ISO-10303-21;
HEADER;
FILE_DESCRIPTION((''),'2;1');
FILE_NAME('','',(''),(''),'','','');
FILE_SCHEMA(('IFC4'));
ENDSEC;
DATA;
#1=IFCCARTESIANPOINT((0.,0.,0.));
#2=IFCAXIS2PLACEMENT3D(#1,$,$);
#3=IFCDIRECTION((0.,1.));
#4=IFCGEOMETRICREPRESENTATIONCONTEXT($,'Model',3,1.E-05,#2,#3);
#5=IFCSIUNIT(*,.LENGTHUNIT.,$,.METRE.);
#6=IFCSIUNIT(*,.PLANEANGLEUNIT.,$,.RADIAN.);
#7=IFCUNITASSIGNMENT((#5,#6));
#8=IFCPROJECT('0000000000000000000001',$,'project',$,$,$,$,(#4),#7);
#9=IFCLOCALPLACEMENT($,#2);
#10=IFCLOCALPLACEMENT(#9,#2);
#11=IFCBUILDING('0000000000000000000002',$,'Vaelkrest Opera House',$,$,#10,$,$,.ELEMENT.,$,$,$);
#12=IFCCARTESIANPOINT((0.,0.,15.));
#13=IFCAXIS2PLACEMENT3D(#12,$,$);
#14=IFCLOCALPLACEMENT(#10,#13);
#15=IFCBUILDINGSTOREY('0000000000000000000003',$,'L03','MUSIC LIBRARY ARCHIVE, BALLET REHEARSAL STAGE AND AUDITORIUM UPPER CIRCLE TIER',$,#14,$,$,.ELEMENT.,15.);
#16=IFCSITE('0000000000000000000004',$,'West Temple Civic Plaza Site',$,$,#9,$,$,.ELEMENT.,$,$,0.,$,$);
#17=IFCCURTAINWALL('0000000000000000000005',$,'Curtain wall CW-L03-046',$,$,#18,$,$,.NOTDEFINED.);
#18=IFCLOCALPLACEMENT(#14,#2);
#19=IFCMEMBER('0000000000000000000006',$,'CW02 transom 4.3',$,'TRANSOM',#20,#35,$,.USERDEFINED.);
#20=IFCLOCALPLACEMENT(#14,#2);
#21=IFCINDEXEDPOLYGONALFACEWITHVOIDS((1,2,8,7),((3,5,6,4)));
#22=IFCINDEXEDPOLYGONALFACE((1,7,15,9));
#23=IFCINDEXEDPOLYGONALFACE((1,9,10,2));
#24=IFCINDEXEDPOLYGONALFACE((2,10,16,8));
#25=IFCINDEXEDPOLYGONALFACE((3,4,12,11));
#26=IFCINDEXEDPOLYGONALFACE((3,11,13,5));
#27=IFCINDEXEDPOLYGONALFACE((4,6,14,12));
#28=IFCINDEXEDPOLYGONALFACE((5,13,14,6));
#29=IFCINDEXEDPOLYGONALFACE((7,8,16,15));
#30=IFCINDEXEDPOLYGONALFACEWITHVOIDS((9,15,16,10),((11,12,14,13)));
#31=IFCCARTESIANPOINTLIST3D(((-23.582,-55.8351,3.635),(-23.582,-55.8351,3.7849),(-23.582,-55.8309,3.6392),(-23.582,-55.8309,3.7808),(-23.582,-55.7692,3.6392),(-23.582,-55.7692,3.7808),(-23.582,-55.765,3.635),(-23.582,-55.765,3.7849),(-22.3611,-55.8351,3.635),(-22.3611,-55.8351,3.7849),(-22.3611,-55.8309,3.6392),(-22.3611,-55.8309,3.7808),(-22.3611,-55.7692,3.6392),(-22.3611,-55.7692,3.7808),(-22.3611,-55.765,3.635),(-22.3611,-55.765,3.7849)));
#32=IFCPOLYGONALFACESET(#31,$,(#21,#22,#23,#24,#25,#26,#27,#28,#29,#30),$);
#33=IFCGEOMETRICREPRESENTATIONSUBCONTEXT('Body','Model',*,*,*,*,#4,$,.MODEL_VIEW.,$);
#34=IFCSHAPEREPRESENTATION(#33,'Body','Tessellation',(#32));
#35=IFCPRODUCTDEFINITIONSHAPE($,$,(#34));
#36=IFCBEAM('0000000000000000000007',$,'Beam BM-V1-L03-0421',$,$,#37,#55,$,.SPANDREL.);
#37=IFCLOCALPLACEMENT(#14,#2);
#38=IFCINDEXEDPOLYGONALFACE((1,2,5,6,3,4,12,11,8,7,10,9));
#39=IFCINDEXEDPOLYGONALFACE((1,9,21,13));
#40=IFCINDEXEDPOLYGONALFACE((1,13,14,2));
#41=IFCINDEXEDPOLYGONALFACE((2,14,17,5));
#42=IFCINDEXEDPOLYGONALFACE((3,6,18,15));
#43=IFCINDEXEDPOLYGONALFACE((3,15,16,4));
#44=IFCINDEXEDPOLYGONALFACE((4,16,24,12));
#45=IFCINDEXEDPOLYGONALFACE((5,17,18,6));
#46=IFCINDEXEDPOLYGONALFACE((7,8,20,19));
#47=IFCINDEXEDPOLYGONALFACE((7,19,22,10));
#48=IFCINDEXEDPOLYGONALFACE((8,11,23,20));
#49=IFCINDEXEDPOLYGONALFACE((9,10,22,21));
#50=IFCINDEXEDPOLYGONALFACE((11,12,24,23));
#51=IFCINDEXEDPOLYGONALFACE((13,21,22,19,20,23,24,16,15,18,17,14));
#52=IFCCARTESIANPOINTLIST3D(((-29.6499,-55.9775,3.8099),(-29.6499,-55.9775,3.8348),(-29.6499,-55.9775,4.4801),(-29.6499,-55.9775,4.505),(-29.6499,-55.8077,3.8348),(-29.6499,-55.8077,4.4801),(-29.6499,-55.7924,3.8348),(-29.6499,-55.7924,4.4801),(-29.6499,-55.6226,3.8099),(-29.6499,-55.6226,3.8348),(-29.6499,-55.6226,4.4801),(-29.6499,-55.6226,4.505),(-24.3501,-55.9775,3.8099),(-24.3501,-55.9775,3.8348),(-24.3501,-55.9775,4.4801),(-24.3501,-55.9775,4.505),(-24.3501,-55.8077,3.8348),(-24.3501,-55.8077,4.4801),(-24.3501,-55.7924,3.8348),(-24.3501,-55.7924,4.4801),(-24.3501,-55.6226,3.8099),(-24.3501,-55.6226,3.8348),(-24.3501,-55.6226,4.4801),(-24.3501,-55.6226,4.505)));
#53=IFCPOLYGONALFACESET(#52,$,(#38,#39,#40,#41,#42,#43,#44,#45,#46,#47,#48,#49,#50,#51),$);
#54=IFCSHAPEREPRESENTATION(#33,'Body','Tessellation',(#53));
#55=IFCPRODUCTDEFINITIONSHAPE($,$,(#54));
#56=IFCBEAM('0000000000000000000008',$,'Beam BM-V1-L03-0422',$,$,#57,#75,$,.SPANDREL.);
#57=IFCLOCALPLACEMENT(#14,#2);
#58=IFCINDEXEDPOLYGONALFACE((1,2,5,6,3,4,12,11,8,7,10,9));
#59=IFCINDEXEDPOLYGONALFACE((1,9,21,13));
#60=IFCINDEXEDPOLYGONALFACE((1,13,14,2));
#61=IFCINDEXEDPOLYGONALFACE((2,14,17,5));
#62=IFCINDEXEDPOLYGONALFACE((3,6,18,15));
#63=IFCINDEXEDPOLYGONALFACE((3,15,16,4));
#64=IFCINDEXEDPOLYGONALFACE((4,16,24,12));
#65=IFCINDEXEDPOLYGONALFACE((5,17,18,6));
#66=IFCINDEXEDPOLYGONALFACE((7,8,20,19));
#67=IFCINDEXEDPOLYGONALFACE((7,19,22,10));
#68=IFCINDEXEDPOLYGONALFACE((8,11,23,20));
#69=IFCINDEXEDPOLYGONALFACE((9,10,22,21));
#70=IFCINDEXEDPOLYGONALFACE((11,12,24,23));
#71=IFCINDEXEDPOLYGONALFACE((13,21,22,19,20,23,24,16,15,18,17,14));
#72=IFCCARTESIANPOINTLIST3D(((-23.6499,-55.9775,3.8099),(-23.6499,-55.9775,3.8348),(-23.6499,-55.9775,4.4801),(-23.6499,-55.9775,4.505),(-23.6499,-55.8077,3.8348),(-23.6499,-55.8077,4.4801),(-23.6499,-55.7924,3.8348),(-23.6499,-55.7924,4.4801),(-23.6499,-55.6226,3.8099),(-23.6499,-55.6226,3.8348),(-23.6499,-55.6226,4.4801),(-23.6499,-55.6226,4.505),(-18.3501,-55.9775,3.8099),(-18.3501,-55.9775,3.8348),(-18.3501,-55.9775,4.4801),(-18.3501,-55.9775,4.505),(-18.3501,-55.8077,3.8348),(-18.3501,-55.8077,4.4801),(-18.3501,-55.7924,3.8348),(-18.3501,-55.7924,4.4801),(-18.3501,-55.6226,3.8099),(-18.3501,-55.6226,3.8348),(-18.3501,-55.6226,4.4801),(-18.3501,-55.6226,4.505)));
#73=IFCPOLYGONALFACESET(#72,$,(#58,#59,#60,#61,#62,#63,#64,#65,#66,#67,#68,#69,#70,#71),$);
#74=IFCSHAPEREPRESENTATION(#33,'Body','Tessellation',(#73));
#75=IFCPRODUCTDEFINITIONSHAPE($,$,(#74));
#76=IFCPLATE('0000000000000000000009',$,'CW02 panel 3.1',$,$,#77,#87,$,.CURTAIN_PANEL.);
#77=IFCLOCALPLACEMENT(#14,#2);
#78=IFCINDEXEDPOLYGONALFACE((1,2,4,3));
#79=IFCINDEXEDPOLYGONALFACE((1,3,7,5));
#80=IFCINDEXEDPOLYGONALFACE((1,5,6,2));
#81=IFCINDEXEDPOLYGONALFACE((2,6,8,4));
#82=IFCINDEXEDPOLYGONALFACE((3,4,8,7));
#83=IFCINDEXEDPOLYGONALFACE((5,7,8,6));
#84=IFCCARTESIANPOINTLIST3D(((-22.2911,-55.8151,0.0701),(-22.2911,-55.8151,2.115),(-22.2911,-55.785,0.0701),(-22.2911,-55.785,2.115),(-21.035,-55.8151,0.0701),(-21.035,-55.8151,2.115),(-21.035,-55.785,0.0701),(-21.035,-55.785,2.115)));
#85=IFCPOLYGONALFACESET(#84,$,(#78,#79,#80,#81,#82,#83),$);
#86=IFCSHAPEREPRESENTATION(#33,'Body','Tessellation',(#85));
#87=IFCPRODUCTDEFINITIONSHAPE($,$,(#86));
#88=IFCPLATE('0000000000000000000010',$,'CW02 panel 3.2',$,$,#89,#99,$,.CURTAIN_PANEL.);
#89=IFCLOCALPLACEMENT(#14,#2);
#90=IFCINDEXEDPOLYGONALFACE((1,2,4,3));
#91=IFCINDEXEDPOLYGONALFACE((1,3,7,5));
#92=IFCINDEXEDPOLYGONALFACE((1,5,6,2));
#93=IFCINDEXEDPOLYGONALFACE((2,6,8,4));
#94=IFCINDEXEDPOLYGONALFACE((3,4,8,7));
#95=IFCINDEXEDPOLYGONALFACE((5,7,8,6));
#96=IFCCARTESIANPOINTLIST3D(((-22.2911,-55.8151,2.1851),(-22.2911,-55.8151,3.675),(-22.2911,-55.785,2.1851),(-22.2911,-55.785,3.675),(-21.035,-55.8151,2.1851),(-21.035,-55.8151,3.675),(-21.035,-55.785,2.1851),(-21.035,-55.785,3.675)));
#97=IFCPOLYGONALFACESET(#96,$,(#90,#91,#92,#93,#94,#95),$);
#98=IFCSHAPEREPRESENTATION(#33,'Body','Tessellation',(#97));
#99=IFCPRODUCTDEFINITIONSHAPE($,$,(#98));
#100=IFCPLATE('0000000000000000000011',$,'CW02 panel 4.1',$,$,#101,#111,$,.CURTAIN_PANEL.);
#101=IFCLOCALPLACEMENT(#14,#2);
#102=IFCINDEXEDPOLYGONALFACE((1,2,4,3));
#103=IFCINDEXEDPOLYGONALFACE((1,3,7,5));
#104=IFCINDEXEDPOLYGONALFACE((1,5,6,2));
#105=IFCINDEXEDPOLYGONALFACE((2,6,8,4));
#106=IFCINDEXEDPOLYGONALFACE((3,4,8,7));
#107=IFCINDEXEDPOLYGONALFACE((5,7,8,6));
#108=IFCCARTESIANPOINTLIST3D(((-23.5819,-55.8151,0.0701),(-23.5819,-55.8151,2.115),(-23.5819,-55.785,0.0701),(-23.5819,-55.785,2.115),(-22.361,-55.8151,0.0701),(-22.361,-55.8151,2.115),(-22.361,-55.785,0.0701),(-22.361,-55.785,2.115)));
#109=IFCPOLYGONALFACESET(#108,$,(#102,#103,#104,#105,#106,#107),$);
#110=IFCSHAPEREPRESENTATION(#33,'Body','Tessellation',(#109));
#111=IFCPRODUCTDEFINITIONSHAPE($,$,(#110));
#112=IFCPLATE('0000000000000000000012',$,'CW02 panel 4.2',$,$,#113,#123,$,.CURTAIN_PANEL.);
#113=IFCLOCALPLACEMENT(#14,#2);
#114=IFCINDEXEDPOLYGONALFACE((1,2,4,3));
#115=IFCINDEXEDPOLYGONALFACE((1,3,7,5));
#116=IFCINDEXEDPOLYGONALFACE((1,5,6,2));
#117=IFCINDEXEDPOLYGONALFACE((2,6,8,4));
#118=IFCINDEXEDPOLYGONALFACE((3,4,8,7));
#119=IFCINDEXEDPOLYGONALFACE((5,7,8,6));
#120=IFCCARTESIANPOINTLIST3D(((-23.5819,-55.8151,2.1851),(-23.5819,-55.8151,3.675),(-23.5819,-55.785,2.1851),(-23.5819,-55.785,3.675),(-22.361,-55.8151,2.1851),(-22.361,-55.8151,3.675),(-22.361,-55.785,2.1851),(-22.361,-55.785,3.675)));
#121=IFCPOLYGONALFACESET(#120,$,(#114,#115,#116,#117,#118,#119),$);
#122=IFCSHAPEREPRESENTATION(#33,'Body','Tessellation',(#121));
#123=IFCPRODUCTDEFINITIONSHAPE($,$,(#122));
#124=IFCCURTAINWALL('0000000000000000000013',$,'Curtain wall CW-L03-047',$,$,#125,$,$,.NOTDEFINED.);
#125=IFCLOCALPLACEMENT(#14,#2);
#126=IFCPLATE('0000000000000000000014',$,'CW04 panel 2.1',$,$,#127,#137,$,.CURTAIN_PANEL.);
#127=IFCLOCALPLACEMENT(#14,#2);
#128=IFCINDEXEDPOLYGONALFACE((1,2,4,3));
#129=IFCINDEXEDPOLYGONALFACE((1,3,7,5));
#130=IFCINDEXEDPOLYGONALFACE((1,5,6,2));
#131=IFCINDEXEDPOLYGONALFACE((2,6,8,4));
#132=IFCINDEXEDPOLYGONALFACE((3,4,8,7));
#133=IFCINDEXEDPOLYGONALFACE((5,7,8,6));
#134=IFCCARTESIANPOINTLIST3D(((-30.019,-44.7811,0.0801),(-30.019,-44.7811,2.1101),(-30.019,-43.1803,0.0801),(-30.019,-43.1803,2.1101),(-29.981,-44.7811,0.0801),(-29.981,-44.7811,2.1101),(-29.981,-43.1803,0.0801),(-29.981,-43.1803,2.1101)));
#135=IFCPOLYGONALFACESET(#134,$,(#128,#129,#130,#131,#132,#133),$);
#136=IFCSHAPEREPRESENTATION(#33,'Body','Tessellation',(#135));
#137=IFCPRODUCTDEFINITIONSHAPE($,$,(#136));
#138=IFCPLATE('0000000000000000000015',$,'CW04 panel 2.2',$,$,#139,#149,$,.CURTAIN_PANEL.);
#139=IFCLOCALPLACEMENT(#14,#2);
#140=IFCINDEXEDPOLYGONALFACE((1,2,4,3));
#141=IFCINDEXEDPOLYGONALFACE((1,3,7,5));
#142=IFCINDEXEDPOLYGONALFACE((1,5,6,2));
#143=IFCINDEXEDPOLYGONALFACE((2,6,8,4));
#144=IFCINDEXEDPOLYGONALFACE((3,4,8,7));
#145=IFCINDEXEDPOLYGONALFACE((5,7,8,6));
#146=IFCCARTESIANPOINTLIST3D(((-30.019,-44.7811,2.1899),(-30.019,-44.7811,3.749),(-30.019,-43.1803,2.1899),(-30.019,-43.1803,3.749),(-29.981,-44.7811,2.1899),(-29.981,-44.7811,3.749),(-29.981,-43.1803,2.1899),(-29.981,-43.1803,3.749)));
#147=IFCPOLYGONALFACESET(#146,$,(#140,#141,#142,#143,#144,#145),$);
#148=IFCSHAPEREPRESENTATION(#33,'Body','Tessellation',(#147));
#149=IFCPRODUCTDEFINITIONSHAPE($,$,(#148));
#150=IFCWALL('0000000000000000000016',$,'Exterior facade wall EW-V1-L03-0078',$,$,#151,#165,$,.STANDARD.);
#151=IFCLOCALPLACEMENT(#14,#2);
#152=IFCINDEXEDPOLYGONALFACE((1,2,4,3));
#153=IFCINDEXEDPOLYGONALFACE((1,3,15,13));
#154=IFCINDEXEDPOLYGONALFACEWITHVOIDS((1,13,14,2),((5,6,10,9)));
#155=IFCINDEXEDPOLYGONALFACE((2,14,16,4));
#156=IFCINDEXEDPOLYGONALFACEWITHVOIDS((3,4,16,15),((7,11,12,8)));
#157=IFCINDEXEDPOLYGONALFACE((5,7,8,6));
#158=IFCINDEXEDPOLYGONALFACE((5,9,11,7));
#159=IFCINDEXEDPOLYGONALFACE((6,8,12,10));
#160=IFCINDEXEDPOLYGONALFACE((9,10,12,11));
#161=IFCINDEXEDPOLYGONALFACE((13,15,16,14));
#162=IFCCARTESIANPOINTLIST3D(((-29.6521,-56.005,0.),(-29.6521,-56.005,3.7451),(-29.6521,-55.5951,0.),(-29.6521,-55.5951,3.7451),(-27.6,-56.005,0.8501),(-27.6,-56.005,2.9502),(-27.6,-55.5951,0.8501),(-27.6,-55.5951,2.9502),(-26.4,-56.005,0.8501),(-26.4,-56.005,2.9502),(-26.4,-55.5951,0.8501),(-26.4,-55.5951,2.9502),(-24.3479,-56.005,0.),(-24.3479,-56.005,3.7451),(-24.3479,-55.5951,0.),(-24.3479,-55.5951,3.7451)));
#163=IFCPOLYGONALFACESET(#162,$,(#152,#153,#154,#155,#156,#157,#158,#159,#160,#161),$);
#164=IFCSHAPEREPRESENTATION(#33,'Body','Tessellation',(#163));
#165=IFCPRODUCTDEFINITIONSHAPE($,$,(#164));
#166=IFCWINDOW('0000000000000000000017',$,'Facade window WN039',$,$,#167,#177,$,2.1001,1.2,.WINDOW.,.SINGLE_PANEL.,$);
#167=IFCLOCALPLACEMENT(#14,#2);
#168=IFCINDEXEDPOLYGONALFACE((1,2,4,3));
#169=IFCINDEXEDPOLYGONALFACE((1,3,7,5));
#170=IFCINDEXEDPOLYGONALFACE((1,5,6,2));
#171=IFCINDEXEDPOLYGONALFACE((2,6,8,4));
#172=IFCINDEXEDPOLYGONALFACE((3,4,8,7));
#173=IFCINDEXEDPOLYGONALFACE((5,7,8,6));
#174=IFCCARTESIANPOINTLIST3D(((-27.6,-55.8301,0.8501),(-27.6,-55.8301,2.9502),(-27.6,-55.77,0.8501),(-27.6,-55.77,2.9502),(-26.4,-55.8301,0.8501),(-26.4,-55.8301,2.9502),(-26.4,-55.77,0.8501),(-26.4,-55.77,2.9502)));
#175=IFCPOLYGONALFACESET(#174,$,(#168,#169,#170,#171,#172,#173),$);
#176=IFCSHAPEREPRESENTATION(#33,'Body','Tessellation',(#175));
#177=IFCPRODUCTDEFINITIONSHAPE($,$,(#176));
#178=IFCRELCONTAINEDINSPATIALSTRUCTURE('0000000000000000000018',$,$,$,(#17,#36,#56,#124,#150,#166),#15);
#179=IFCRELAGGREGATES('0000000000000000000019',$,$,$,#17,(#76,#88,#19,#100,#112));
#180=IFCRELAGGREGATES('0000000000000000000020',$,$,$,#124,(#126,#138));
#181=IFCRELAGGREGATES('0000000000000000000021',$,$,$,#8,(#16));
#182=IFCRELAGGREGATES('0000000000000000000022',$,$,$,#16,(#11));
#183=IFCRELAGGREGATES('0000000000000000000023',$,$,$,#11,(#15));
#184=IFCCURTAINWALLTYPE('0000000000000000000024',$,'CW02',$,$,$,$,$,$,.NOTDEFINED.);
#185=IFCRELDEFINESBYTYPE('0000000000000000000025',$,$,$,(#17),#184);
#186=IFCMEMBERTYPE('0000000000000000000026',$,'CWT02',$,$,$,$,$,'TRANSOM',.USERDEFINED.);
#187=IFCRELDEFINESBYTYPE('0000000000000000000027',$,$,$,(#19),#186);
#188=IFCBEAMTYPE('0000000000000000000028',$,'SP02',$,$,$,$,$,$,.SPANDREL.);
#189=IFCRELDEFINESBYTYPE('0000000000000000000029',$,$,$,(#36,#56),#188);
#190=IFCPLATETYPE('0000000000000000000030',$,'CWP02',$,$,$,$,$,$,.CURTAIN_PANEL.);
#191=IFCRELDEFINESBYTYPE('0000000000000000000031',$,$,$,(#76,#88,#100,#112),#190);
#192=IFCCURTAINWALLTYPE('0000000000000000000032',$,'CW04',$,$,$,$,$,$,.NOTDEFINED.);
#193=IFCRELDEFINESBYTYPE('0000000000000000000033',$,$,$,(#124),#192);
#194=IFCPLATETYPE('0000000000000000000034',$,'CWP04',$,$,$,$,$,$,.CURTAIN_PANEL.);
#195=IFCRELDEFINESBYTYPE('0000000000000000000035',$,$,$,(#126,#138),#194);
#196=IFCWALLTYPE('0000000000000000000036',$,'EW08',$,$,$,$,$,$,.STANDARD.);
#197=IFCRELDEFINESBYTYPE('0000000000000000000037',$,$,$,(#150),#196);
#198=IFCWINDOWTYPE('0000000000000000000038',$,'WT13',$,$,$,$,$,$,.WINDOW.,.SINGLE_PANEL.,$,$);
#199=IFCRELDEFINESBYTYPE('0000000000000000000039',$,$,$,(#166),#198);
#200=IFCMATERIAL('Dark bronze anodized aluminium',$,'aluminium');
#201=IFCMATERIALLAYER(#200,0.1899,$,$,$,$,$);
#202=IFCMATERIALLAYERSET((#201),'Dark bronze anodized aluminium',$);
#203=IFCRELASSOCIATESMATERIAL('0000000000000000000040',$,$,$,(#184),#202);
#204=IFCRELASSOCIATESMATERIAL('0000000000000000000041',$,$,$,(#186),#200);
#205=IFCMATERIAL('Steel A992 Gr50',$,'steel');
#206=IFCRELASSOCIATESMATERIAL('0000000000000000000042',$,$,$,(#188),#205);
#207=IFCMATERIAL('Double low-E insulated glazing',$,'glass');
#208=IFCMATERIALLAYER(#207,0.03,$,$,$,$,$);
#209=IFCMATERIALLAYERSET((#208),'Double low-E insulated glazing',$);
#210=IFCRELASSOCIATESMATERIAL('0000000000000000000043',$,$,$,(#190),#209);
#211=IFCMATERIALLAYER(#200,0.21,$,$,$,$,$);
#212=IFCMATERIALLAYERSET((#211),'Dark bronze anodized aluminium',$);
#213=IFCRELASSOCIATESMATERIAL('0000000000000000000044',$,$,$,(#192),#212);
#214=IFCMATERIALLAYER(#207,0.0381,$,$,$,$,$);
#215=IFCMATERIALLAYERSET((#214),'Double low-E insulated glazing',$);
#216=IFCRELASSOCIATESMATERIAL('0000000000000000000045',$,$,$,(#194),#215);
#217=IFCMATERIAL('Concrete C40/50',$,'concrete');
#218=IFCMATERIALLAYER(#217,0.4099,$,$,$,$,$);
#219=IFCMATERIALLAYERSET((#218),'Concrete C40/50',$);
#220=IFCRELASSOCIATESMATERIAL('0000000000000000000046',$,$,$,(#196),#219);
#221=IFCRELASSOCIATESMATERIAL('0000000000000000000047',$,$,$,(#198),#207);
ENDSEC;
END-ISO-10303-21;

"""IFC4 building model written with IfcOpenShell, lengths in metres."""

from ifc_helpers import new_model, si_unit, direction, frame, frame_2d, origin, origin_2d, place, context, subcontext, project, spatial, rectangle, hollow_rectangle, i_section, extrude, material, layer, layer_set, material_profile, profile_set, type_object, element, fill, aggregate, save


model = new_model("IFC4")

# Units and contexts
model_context = context("Model", 3, precision=1e-05, world=origin(), true_north=direction((0.0, 1.0)))
body_context = subcontext(model_context, "Body", "Model", "MODEL_VIEW")
ifc_project = project(units=[si_unit("LENGTHUNIT", "METRE"), si_unit("PLANEANGLEUNIT", "RADIAN")], contexts=[model_context])

# Site, building, storey
site_placement = place(None, origin())
site = spatial("IfcSite", under=ifc_project, at=site_placement, Name="West Temple Civic Plaza Site", CompositionType="ELEMENT", RefElevation=0.0)
building_placement = place(site_placement, origin())
building = spatial("IfcBuilding", under=site, at=building_placement, Name="Vaelkrest Opera House", CompositionType="ELEMENT")
storey_placement = place(building_placement, frame((0.0, 0.0, 15.0)))
storey = spatial("IfcBuildingStorey", under=building, at=storey_placement, Name="L03", Description="MUSIC LIBRARY ARCHIVE, BALLET REHEARSAL STAGE AND AUDITORIUM UPPER CIRCLE TIER", CompositionType="ELEMENT", Elevation=15.0)

# Shared definitions
ifc_material_1 = material(Name="Steel A992 Gr50", Category="steel")

# Curtain wall, member
ifc_material_2 = material(Name="Dark bronze anodized aluminium", Category="aluminium")
ifc_layer_1 = layer(ifc_material_2, 0.1899)
ifc_layer_set_1 = layer_set([ifc_layer_1], Name="Dark bronze anodized aluminium")
curtain_wall_type_1 = type_object("IfcCurtainWallType", Name="CW02", PredefinedType="NOTDEFINED", material=ifc_layer_set_1)
curtain_wall_1_placement = place(storey_placement, origin())
curtain_wall_1 = element("IfcCurtainWall", 1, at=curtain_wall_1_placement, inside=storey, type_object=curtain_wall_type_1, Name="Curtain wall CW-L03-046", PredefinedType="NOTDEFINED")
ifc_material_profile_1 = material_profile(ifc_material_2, hollow_rectangle(XDim=0.0701, YDim=0.1499, WallThickness=0.0042, at=origin_2d()), Name="CWT70X150")
ifc_profile_set_1 = profile_set([ifc_material_profile_1], Name="Dark bronze anodized aluminium")
member_type_1 = type_object("IfcMemberType", Name="CWT02", ElementType="TRANSOM", PredefinedType="USERDEFINED", material=ifc_profile_set_1)
member_1_placement = place(storey_placement, frame((-22.3611, -55.8, 3.71), z_axis=(-1.0, 0.0, 0.0), x_axis=(0.0, -1.0, 0.0)))
member_1 = element("IfcMember", 2, at=member_1_placement, type_object=member_type_1, Name="CW02 transom 4.3", ObjectType="TRANSOM", PredefinedType="USERDEFINED", context=body_context, shape_type="SweptSolid", body=[
    extrude(hollow_rectangle(XDim=0.0701, YDim=0.1499, WallThickness=0.0042, at=origin_2d()), origin(), (0.0, 0.0, 1.0), 1.2209),
])

# Beams
ifc_material_profile_2 = material_profile(ifc_material_1, i_section(OverallWidth=0.355, OverallDepth=0.6951, WebThickness=0.0154, FlangeThickness=0.0249, at=origin_2d()), Name="W27X146")
ifc_profile_set_2 = profile_set([ifc_material_profile_2], Name="Steel A992 Gr50")
beam_type_1 = type_object("IfcBeamType", Name="SP02", PredefinedType="SPANDREL", material=ifc_profile_set_2)
for number, where, z_axis, x_axis, name in (
    (3, (-29.6499, -55.8, 4.1575), (1.0, 0.0, 0.0), (0.0, 1.0, 0.0), "Beam BM-V1-L03-0421"),
    (4, (-23.6499, -55.8, 4.1575), (1.0, 0.0, 0.0), (0.0, 1.0, 0.0), "Beam BM-V1-L03-0422"),
):
    element("IfcBeam", number, at=place(storey_placement, frame(where, z_axis=z_axis, x_axis=x_axis)), inside=storey, type_object=beam_type_1, Name=name, PredefinedType="SPANDREL", context=body_context, shape_type="SweptSolid", body=[
        extrude(i_section(OverallWidth=0.355, OverallDepth=0.6951, WebThickness=0.0154, FlangeThickness=0.0249, at=origin_2d()), origin(), (0.0, 0.0, 1.0), 5.2998),
    ])

# Plates
ifc_material_3 = material(Name="Double low-E insulated glazing", Category="glass")
ifc_layer_2 = layer(ifc_material_3, 0.03)
ifc_layer_set_2 = layer_set([ifc_layer_2], Name="Double low-E insulated glazing")
plate_type_1 = type_object("IfcPlateType", Name="CWP02", PredefinedType="CURTAIN_PANEL", material=ifc_layer_set_2)
plate_1_placement = place(storey_placement, frame((-21.6631, -55.8, 0.0701), z_axis=(0.0, 0.0, 1.0), x_axis=(-1.0, 0.0, 0.0)))
plate_1 = element("IfcPlate", 5, at=plate_1_placement, type_object=plate_type_1, Name="CW02 panel 3.1", PredefinedType="CURTAIN_PANEL", context=body_context, shape_type="SweptSolid", body=[
    extrude(rectangle(XDim=1.2561, YDim=0.03, at=origin_2d()), origin(), (0.0, 0.0, 1.0), 2.0449),
])
plate_2_placement = place(storey_placement, frame((-21.6631, -55.8, 2.1851), z_axis=(0.0, 0.0, 1.0), x_axis=(-1.0, 0.0, 0.0)))
plate_2 = element("IfcPlate", 6, at=plate_2_placement, type_object=plate_type_1, Name="CW02 panel 3.2", PredefinedType="CURTAIN_PANEL", context=body_context, shape_type="SweptSolid", body=[
    extrude(rectangle(XDim=1.2561, YDim=0.03, at=origin_2d()), origin(), (0.0, 0.0, 1.0), 1.49),
])
plate_3_placement = place(storey_placement, frame((-22.9714, -55.8, 0.0701), z_axis=(0.0, 0.0, 1.0), x_axis=(-1.0, 0.0, 0.0)))
plate_3 = element("IfcPlate", 7, at=plate_3_placement, type_object=plate_type_1, Name="CW02 panel 4.1", PredefinedType="CURTAIN_PANEL", context=body_context, shape_type="SweptSolid", body=[
    extrude(rectangle(XDim=1.2209, YDim=0.03, at=origin_2d()), origin(), (0.0, 0.0, 1.0), 2.0449),
])
plate_4_placement = place(storey_placement, frame((-22.9714, -55.8, 2.1851), z_axis=(0.0, 0.0, 1.0), x_axis=(-1.0, 0.0, 0.0)))
plate_4 = element("IfcPlate", 8, at=plate_4_placement, type_object=plate_type_1, Name="CW02 panel 4.2", PredefinedType="CURTAIN_PANEL", context=body_context, shape_type="SweptSolid", body=[
    extrude(rectangle(XDim=1.2209, YDim=0.03, at=origin_2d()), origin(), (0.0, 0.0, 1.0), 1.49),
])
aggregate(curtain_wall_1, [plate_1, plate_2, member_1, plate_3, plate_4])

# Curtain wall, plates
ifc_layer_3 = layer(ifc_material_2, 0.21)
ifc_layer_set_3 = layer_set([ifc_layer_3], Name="Dark bronze anodized aluminium")
curtain_wall_type_2 = type_object("IfcCurtainWallType", Name="CW04", PredefinedType="NOTDEFINED", material=ifc_layer_set_3)
curtain_wall_2_placement = place(storey_placement, origin())
curtain_wall_2 = element("IfcCurtainWall", 9, at=curtain_wall_2_placement, inside=storey, type_object=curtain_wall_type_2, Name="Curtain wall CW-L03-047", PredefinedType="NOTDEFINED")
ifc_layer_4 = layer(ifc_material_3, 0.0381)
ifc_layer_set_4 = layer_set([ifc_layer_4], Name="Double low-E insulated glazing")
plate_type_2 = type_object("IfcPlateType", Name="CWP04", PredefinedType="CURTAIN_PANEL", material=ifc_layer_set_4)
plate_5_placement = place(storey_placement, frame((-30.0, -43.9807, 0.0801), z_axis=(0.0, 0.0, 1.0), x_axis=(0.0, 1.0, 0.0)))
plate_5 = element("IfcPlate", 10, at=plate_5_placement, type_object=plate_type_2, Name="CW04 panel 2.1", PredefinedType="CURTAIN_PANEL", context=body_context, shape_type="SweptSolid", body=[
    extrude(rectangle(XDim=1.6008, YDim=0.0381, at=origin_2d()), origin(), (0.0, 0.0, 1.0), 2.03),
])
plate_6_placement = place(storey_placement, frame((-30.0, -43.9807, 2.1899), z_axis=(0.0, 0.0, 1.0), x_axis=(0.0, 1.0, 0.0)))
plate_6 = element("IfcPlate", 11, at=plate_6_placement, type_object=plate_type_2, Name="CW04 panel 2.2", PredefinedType="CURTAIN_PANEL", context=body_context, shape_type="SweptSolid", body=[
    extrude(rectangle(XDim=1.6008, YDim=0.0381, at=origin_2d()), origin(), (0.0, 0.0, 1.0), 1.5591),
])
aggregate(curtain_wall_2, [plate_5, plate_6])

# Wall, opening, window
ifc_material_4 = material(Name="Concrete C40/50", Category="concrete")
ifc_layer_5 = layer(ifc_material_4, 0.4099)
ifc_layer_set_5 = layer_set([ifc_layer_5], Name="Concrete C40/50")
wall_type_1 = type_object("IfcWallType", Name="EW08", PredefinedType="STANDARD", material=ifc_layer_set_5)
wall_1_placement = place(storey_placement, frame((-24.3479, -55.8, 0.0), z_axis=(0.0, 0.0, 1.0), x_axis=(-1.0, 0.0, 0.0)))
wall_1 = element("IfcWall", 12, at=wall_1_placement, inside=storey, type_object=wall_type_1, Name="Exterior facade wall EW-V1-L03-0078", PredefinedType="STANDARD", context=body_context, shape_type="SweptSolid", body=[
    extrude(rectangle(XDim=5.3042, YDim=0.4099, at=frame_2d((2.6521, 0.0))), origin(), (0.0, 0.0, 1.0), 3.7451),
])
opening_placement = place(wall_1_placement, frame((2.052, 0.0, 0.8501)))
opening = element("IfcOpeningElement", 13, at=opening_placement, cuts=wall_1, PredefinedType="OPENING", context=body_context, shape_type="SweptSolid", body=[
    extrude(rectangle(XDim=1.2, YDim=2.1001, at=frame_2d((0.6001, 1.05))), frame((0.0, 0.2148, 0.0), z_axis=(0.0, -1.0, 0.0), x_axis=(1.0, 0.0, 0.0)), (0.0, 0.0, 1.0), 0.4299),
])
window_type = type_object("IfcWindowType", Name="WT13", PartitioningType="SINGLE_PANEL", PredefinedType="WINDOW", material=ifc_material_3)
window_placement = place(opening_placement, origin())
window = element("IfcWindow", 14, at=window_placement, inside=storey, type_object=window_type, Name="Facade window WN039", OverallHeight=2.1001, OverallWidth=1.2, PartitioningType="SINGLE_PANEL", PredefinedType="WINDOW", context=body_context, shape_type="SweptSolid", body=[
    extrude(rectangle(XDim=1.2, YDim=2.1001, at=frame_2d((0.6001, 1.05))), frame((0.0, 0.03, 0.0), z_axis=(0.0, -1.0, 0.0), x_axis=(1.0, 0.0, 0.0)), (0.0, 0.0, 1.0), 0.0601),
])
fill(opening, window)

save(model, "model.ifc")
